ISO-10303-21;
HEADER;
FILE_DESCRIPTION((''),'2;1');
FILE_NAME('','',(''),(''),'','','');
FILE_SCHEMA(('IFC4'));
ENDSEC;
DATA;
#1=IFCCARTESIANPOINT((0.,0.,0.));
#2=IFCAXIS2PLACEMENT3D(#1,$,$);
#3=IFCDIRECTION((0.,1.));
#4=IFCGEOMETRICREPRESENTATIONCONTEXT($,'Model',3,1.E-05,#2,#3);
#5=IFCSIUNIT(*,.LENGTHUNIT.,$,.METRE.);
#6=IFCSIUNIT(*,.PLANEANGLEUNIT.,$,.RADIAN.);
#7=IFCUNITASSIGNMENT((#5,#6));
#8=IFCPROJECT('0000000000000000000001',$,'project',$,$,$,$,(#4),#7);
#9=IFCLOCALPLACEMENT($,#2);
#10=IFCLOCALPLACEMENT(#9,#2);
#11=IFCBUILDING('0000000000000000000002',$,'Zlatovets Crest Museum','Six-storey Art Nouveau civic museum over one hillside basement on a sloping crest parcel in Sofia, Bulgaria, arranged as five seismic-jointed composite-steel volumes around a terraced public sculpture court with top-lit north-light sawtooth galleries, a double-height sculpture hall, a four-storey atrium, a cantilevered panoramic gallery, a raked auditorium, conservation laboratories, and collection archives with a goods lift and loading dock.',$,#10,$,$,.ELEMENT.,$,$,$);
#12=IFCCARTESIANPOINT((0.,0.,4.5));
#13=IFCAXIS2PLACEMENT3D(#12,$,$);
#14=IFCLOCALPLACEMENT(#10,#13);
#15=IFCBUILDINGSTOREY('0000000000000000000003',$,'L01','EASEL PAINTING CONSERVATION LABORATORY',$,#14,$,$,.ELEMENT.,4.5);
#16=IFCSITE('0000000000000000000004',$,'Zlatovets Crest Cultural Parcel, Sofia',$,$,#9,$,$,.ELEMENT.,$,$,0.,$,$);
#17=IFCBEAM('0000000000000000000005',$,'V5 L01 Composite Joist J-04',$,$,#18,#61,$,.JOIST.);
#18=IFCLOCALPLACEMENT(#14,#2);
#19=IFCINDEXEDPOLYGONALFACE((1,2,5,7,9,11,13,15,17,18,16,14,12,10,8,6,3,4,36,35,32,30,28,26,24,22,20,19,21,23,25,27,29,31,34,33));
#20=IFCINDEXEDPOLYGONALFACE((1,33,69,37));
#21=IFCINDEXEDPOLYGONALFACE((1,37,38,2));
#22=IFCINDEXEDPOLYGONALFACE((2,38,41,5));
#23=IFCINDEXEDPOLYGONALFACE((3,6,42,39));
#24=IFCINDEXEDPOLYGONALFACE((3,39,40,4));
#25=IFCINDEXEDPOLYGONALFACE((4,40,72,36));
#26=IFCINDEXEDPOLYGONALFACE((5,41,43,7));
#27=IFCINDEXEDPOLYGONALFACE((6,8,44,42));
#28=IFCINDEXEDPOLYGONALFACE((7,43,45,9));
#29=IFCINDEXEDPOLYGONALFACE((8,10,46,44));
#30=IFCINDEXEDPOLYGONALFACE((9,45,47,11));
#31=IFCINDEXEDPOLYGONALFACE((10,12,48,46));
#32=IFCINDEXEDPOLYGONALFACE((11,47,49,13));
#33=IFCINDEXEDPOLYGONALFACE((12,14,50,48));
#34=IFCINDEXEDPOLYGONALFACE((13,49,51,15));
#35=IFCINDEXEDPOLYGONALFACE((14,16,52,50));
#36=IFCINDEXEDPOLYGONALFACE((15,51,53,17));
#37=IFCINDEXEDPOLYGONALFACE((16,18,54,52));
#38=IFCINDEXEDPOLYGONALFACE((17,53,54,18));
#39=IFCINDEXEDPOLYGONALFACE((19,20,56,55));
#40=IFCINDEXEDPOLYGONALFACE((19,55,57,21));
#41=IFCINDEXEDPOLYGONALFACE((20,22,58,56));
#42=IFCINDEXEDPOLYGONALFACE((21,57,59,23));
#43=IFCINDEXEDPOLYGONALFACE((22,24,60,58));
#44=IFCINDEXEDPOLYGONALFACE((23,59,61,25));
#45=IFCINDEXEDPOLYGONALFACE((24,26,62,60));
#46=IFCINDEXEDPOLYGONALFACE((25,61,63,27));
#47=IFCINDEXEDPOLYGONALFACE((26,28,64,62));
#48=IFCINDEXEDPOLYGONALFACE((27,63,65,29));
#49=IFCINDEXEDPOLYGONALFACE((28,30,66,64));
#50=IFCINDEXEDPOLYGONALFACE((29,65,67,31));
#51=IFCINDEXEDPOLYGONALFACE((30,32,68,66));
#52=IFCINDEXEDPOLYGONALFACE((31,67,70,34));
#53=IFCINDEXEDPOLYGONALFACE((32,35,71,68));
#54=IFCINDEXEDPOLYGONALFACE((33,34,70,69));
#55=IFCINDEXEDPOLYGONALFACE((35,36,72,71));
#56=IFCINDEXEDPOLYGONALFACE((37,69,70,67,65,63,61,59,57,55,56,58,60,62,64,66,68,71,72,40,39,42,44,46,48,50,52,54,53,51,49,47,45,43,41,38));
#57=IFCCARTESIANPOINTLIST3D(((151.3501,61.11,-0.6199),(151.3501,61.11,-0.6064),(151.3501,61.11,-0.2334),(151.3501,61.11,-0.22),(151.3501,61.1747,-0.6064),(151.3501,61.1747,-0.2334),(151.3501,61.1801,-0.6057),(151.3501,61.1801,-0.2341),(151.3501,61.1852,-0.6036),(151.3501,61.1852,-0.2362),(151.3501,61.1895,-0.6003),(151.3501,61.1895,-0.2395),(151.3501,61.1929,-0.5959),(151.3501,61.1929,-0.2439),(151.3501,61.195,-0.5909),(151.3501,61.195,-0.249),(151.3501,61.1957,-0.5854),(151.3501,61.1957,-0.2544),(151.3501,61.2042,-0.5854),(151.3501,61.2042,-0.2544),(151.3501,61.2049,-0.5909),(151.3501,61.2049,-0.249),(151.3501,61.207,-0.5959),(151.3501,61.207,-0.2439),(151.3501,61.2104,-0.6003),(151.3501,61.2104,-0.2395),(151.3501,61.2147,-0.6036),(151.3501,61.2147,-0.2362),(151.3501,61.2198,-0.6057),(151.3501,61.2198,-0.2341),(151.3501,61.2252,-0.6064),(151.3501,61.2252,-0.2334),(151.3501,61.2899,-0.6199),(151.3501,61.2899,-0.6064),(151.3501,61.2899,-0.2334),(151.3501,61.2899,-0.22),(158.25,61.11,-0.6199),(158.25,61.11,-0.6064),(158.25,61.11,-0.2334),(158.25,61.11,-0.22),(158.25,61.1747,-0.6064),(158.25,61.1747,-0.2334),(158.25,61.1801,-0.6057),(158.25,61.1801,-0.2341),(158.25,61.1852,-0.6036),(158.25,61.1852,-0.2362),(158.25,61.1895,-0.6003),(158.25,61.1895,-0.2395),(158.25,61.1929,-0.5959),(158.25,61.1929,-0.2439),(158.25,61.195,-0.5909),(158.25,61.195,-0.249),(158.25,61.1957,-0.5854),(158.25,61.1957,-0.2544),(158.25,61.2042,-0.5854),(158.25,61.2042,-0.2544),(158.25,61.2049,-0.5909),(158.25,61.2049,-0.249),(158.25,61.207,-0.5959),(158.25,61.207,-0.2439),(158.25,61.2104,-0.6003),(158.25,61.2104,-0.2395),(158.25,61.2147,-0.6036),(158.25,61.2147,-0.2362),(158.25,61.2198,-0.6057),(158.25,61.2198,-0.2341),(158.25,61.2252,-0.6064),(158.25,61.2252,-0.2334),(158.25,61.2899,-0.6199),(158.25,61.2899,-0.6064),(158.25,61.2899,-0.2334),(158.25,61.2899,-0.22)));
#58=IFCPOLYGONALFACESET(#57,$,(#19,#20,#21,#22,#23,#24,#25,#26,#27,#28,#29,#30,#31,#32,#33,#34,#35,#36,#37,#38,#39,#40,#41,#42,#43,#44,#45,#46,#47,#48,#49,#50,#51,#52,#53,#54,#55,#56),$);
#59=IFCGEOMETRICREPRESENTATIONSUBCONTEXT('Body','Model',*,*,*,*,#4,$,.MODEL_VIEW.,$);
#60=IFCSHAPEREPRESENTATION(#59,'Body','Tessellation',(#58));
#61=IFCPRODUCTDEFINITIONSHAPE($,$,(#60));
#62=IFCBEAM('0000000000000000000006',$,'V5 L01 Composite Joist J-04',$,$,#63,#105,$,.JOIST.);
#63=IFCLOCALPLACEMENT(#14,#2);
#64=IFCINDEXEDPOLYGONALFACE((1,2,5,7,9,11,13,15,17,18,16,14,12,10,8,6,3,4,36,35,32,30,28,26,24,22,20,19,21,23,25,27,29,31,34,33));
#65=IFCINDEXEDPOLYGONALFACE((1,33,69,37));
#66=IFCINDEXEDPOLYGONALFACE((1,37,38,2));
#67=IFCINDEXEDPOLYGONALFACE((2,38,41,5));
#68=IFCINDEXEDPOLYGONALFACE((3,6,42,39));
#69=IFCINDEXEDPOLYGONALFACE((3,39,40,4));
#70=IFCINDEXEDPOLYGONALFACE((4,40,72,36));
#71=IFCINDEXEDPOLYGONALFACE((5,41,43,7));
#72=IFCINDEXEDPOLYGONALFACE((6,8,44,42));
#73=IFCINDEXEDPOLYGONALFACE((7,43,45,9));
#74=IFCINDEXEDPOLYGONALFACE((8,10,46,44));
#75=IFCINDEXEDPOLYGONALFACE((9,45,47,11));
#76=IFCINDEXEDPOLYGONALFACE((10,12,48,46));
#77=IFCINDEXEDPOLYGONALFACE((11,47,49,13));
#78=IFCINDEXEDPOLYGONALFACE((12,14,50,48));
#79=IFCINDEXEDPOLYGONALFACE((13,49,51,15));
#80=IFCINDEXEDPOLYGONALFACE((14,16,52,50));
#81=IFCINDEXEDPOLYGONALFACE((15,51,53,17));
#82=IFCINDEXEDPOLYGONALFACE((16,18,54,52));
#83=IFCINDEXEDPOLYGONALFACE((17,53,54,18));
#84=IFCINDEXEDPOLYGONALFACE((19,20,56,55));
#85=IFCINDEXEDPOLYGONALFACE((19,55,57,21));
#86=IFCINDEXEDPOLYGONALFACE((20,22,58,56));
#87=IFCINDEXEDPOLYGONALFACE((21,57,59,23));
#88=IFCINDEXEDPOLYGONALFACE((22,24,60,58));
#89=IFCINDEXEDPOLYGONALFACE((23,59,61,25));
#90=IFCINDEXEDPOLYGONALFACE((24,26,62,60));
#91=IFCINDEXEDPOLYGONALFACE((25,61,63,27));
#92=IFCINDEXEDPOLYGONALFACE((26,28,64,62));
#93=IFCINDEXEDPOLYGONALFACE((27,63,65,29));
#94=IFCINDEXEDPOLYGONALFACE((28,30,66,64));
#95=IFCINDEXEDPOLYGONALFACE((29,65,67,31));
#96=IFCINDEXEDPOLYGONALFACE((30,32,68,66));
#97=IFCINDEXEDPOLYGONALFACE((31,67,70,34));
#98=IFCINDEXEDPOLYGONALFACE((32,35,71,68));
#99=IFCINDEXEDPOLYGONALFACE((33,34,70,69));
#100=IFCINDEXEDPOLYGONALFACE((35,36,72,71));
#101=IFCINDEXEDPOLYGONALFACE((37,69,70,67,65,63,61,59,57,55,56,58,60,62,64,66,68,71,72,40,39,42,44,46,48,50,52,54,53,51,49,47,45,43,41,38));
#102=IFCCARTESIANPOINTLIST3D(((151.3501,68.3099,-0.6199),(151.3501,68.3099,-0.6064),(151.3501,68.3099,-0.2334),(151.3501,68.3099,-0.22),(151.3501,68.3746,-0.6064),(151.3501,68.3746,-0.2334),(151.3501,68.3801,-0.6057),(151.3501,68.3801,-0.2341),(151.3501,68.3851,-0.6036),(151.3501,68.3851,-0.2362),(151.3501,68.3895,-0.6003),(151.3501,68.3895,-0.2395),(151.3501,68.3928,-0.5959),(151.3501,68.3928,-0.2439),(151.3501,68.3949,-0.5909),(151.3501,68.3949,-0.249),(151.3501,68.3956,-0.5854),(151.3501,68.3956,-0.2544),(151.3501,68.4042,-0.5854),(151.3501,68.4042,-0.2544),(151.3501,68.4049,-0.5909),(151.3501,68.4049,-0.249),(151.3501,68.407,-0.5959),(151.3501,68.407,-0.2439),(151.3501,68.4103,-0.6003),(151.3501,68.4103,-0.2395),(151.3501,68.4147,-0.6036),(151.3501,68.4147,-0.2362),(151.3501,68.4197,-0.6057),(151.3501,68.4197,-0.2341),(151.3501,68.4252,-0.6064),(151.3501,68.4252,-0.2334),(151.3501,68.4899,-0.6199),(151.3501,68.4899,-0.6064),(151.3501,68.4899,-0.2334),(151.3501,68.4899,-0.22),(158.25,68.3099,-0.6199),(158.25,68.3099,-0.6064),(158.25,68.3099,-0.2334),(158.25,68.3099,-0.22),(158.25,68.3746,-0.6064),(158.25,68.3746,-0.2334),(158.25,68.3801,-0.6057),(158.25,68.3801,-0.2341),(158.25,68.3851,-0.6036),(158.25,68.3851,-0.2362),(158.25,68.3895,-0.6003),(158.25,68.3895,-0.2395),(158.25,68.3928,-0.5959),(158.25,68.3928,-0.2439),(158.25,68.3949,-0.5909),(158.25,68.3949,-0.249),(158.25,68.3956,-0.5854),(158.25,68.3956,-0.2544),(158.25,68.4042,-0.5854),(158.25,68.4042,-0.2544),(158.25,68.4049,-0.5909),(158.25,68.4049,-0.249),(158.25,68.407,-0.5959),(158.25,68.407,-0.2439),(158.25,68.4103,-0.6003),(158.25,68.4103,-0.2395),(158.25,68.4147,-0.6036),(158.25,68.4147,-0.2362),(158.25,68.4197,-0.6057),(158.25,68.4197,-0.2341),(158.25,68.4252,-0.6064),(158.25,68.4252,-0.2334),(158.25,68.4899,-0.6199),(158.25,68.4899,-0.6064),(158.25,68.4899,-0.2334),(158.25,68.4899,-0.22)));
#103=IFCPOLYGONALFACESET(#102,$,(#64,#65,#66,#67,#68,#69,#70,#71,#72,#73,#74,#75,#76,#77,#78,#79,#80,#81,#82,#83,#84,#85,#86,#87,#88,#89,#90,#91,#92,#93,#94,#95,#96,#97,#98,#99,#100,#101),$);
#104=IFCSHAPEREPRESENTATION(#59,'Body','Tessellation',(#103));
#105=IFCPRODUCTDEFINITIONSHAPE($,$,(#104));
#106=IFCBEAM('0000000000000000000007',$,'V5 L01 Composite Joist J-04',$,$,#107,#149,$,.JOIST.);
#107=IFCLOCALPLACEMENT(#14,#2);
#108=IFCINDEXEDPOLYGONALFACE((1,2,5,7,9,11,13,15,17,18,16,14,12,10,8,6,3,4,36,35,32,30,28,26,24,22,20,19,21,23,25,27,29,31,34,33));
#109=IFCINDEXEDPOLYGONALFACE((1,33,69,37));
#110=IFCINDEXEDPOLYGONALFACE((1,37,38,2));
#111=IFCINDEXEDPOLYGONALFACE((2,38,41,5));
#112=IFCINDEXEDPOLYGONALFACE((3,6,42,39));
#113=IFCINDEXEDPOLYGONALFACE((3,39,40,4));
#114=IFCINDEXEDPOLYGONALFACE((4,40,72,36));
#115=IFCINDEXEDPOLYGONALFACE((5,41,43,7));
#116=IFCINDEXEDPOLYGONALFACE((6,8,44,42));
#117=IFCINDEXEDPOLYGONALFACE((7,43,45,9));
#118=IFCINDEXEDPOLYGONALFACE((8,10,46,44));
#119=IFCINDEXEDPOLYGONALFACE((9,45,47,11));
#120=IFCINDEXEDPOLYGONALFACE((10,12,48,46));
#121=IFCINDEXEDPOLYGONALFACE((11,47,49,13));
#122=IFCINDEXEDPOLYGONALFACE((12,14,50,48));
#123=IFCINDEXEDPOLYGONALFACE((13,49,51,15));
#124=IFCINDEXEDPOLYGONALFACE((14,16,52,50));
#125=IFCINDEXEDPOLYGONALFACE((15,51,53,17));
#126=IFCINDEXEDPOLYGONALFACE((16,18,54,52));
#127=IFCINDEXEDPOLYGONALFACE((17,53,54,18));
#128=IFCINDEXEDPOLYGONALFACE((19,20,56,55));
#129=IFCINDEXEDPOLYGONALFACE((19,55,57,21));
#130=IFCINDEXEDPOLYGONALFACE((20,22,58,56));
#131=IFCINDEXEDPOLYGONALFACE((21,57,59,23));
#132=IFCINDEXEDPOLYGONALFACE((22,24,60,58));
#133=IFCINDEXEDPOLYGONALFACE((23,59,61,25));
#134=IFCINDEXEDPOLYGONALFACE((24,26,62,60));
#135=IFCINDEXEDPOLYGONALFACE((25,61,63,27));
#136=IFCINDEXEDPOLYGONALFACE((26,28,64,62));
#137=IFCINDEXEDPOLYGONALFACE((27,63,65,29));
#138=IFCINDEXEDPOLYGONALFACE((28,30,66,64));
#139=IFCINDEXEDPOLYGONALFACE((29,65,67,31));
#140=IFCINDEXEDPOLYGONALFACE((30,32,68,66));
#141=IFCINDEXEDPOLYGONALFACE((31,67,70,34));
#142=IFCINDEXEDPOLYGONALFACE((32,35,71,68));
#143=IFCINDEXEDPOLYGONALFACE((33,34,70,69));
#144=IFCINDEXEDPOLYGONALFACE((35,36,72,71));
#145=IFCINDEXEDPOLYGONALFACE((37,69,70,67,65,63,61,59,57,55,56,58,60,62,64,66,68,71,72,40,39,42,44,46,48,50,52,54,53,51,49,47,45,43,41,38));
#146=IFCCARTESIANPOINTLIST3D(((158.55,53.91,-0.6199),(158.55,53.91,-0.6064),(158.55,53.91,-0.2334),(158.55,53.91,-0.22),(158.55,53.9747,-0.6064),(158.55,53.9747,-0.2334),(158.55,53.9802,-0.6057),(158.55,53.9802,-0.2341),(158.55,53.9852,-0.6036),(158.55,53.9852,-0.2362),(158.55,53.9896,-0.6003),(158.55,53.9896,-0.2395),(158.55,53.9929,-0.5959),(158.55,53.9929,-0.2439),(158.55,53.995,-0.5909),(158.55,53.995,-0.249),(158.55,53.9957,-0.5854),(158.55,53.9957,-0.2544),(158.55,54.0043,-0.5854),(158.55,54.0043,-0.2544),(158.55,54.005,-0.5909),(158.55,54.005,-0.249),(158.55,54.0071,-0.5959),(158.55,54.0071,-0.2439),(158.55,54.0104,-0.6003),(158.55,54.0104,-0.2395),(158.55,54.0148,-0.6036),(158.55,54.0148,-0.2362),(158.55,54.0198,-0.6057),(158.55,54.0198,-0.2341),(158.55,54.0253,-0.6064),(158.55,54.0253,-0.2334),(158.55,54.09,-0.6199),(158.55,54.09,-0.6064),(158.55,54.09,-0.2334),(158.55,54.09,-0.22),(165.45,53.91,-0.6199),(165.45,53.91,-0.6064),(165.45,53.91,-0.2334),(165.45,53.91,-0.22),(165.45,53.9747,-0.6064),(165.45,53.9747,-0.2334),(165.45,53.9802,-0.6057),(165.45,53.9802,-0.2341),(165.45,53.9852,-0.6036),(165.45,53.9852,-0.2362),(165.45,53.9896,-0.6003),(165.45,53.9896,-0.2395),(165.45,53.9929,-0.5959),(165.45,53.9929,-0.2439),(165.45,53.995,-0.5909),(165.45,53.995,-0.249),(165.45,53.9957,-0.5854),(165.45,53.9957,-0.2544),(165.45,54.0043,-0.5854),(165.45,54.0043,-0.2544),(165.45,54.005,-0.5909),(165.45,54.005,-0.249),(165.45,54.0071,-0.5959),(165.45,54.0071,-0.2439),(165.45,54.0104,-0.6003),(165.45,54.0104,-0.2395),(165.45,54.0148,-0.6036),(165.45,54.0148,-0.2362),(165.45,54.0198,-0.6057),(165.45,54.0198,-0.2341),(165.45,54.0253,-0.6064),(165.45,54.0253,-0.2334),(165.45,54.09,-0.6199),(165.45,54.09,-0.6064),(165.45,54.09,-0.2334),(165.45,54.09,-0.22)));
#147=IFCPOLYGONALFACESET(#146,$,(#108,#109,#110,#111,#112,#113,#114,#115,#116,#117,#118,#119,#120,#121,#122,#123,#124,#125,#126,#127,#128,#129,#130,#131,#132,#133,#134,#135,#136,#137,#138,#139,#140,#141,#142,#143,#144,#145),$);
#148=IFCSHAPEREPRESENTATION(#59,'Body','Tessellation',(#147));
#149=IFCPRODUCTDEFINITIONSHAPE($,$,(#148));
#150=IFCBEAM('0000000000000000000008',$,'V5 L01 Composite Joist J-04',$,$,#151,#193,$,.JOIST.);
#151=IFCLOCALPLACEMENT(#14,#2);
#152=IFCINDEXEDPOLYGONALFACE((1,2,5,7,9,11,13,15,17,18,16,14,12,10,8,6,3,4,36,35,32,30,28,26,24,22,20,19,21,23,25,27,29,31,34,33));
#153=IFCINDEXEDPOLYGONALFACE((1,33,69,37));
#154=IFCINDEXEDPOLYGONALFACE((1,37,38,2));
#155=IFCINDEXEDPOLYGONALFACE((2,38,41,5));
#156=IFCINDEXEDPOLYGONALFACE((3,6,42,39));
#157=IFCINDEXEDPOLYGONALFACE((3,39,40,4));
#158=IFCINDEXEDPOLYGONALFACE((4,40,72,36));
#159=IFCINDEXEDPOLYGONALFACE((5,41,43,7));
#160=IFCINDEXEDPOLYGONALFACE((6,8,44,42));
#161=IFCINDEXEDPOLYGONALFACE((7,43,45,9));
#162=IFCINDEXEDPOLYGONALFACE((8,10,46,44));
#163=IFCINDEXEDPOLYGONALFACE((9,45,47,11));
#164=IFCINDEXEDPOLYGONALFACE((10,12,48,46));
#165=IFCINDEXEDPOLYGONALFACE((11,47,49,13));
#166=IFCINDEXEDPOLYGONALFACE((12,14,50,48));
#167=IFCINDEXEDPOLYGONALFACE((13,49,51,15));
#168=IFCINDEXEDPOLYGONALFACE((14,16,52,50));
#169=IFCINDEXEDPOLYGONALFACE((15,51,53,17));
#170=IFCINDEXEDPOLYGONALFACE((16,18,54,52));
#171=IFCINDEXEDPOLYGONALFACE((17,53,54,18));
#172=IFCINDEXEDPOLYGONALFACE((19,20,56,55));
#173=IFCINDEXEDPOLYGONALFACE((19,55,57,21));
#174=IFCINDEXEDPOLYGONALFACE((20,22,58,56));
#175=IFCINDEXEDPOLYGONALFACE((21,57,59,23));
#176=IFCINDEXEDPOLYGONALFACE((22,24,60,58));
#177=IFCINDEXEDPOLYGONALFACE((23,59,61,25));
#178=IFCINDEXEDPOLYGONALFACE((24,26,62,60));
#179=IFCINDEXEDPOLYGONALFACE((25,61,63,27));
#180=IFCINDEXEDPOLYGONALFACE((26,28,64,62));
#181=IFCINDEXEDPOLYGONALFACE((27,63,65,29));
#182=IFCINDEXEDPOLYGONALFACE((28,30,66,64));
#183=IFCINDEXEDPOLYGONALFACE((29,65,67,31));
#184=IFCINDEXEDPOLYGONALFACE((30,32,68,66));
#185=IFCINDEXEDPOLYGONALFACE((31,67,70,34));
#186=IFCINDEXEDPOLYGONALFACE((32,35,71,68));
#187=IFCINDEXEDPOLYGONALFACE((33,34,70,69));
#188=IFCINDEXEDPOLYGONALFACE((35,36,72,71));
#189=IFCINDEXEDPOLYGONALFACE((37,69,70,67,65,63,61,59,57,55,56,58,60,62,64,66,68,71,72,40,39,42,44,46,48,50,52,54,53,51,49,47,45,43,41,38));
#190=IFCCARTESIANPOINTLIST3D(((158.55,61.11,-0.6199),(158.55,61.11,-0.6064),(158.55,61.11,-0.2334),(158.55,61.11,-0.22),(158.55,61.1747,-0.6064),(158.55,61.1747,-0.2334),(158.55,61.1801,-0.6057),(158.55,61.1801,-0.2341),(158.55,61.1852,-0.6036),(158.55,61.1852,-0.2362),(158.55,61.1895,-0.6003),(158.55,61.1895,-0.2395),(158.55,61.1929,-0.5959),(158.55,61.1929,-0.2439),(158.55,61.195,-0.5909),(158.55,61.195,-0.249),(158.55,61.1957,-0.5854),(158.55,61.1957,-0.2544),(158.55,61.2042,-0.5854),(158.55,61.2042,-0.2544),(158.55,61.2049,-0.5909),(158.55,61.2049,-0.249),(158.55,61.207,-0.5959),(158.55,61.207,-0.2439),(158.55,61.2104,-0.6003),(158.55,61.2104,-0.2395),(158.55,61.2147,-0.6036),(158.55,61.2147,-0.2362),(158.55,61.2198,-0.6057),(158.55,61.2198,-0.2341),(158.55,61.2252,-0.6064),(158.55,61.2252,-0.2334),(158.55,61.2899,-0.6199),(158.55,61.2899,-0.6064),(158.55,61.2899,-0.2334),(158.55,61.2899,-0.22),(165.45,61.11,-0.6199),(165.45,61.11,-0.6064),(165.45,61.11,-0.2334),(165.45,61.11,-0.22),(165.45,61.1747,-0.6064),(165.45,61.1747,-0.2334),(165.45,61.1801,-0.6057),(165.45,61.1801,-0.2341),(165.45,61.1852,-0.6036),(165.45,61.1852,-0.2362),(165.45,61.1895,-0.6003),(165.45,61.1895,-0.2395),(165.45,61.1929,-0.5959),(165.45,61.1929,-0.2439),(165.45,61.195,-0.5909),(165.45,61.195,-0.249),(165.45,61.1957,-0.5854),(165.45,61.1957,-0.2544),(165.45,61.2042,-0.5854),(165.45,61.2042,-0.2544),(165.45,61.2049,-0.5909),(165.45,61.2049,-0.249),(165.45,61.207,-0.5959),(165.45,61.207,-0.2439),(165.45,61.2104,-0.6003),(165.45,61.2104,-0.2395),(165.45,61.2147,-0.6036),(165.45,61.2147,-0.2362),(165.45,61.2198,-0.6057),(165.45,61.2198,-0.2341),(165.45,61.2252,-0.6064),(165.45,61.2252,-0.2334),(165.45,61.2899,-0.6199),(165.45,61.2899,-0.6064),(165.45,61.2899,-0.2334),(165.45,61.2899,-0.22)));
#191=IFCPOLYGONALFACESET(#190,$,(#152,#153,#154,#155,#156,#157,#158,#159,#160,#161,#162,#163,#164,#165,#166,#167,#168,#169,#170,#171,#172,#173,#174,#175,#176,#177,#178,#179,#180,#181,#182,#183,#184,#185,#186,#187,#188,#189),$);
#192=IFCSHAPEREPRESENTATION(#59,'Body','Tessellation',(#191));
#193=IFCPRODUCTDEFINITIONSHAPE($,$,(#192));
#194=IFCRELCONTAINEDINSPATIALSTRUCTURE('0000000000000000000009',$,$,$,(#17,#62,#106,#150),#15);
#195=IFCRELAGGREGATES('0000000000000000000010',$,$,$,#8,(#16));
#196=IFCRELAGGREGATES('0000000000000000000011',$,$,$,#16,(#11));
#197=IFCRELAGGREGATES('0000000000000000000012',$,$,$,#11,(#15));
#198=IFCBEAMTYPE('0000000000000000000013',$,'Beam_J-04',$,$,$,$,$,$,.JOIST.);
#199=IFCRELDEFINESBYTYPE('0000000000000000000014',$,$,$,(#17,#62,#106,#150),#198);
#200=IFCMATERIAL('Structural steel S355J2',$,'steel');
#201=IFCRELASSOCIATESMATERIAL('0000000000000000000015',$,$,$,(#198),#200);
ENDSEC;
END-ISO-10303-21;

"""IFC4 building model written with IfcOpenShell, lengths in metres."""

from ifc_helpers import new_model, si_unit, direction, frame, origin, origin_2d, place, context, subcontext, project, spatial, i_section, extrude, material, material_profile, profile_set, type_object, element, save


model = new_model("IFC4")

# Units and contexts
model_context = context("Model", 3, precision=1e-05, world=origin(), true_north=direction((0.0, 1.0)))
body_context = subcontext(model_context, "Body", "Model", "MODEL_VIEW")
ifc_project = project(units=[si_unit("LENGTHUNIT", "METRE"), si_unit("PLANEANGLEUNIT", "RADIAN")], contexts=[model_context])

# Site, building, storey
site_placement = place(None, origin())
site = spatial("IfcSite", under=ifc_project, at=site_placement, Name="Zlatovets Crest Cultural Parcel, Sofia", CompositionType="ELEMENT", RefElevation=0.0)
building_placement = place(site_placement, origin())
building = spatial("IfcBuilding", under=site, at=building_placement, Name="Zlatovets Crest Museum", Description="Six-storey Art Nouveau civic museum over one hillside basement on a sloping crest parcel in Sofia, Bulgaria, arranged as five seismic-jointed composite-steel volumes around a terraced public sculpture court with top-lit north-light sawtooth galleries, a double-height sculpture hall, a four-storey atrium, a cantilevered panoramic gallery, a raked auditorium, conservation laboratories, and collection archives with a goods lift and loading dock.", CompositionType="ELEMENT")
storey_placement = place(building_placement, frame((0.0, 0.0, 4.5)))
storey = spatial("IfcBuildingStorey", under=building, at=storey_placement, Name="L01", Description="EASEL PAINTING CONSERVATION LABORATORY", CompositionType="ELEMENT", Elevation=4.5)

# Shared definitions
ifc_material_1 = material(Name="Structural steel S355J2", Category="steel")

# Beams
ifc_material_profile_1 = material_profile(ifc_material_1, i_section(OverallWidth=0.1799, OverallDepth=0.3999, WebThickness=0.0085, FlangeThickness=0.0134, FilletRadius=0.021, at=origin_2d()), Name="IPE 400")
ifc_profile_set_1 = profile_set([ifc_material_profile_1], Name="Structural steel S355J2")
beam_type_1 = type_object("IfcBeamType", Name="Beam_J-04", PredefinedType="JOIST", material=ifc_profile_set_1)
for number, where, z_axis, x_axis, name in (
    (1, (151.3501, 61.2, -0.4199), (1.0, 0.0, 0.0), (0.0, 1.0, 0.0), "V5 L01 Composite Joist J-04"),
    (2, (151.3501, 68.3999, -0.4199), (1.0, 0.0, 0.0), (0.0, 1.0, 0.0), "V5 L01 Composite Joist J-04"),
    (3, (158.55, 54.0, -0.4199), (1.0, 0.0, 0.0), (0.0, 1.0, 0.0), "V5 L01 Composite Joist J-04"),
    (4, (158.55, 61.2, -0.4199), (1.0, 0.0, 0.0), (0.0, 1.0, 0.0), "V5 L01 Composite Joist J-04"),
):
    element("IfcBeam", number, at=place(storey_placement, frame(where, z_axis=z_axis, x_axis=x_axis)), inside=storey, type_object=beam_type_1, Name=name, PredefinedType="JOIST", context=body_context, shape_type="SweptSolid", body=[
        extrude(i_section(OverallWidth=0.1799, OverallDepth=0.3999, WebThickness=0.0085, FlangeThickness=0.0134, FilletRadius=0.021, at=origin_2d()), origin(), (0.0, 0.0, 1.0), 6.8999),
    ])

save(model, "model.ifc")
